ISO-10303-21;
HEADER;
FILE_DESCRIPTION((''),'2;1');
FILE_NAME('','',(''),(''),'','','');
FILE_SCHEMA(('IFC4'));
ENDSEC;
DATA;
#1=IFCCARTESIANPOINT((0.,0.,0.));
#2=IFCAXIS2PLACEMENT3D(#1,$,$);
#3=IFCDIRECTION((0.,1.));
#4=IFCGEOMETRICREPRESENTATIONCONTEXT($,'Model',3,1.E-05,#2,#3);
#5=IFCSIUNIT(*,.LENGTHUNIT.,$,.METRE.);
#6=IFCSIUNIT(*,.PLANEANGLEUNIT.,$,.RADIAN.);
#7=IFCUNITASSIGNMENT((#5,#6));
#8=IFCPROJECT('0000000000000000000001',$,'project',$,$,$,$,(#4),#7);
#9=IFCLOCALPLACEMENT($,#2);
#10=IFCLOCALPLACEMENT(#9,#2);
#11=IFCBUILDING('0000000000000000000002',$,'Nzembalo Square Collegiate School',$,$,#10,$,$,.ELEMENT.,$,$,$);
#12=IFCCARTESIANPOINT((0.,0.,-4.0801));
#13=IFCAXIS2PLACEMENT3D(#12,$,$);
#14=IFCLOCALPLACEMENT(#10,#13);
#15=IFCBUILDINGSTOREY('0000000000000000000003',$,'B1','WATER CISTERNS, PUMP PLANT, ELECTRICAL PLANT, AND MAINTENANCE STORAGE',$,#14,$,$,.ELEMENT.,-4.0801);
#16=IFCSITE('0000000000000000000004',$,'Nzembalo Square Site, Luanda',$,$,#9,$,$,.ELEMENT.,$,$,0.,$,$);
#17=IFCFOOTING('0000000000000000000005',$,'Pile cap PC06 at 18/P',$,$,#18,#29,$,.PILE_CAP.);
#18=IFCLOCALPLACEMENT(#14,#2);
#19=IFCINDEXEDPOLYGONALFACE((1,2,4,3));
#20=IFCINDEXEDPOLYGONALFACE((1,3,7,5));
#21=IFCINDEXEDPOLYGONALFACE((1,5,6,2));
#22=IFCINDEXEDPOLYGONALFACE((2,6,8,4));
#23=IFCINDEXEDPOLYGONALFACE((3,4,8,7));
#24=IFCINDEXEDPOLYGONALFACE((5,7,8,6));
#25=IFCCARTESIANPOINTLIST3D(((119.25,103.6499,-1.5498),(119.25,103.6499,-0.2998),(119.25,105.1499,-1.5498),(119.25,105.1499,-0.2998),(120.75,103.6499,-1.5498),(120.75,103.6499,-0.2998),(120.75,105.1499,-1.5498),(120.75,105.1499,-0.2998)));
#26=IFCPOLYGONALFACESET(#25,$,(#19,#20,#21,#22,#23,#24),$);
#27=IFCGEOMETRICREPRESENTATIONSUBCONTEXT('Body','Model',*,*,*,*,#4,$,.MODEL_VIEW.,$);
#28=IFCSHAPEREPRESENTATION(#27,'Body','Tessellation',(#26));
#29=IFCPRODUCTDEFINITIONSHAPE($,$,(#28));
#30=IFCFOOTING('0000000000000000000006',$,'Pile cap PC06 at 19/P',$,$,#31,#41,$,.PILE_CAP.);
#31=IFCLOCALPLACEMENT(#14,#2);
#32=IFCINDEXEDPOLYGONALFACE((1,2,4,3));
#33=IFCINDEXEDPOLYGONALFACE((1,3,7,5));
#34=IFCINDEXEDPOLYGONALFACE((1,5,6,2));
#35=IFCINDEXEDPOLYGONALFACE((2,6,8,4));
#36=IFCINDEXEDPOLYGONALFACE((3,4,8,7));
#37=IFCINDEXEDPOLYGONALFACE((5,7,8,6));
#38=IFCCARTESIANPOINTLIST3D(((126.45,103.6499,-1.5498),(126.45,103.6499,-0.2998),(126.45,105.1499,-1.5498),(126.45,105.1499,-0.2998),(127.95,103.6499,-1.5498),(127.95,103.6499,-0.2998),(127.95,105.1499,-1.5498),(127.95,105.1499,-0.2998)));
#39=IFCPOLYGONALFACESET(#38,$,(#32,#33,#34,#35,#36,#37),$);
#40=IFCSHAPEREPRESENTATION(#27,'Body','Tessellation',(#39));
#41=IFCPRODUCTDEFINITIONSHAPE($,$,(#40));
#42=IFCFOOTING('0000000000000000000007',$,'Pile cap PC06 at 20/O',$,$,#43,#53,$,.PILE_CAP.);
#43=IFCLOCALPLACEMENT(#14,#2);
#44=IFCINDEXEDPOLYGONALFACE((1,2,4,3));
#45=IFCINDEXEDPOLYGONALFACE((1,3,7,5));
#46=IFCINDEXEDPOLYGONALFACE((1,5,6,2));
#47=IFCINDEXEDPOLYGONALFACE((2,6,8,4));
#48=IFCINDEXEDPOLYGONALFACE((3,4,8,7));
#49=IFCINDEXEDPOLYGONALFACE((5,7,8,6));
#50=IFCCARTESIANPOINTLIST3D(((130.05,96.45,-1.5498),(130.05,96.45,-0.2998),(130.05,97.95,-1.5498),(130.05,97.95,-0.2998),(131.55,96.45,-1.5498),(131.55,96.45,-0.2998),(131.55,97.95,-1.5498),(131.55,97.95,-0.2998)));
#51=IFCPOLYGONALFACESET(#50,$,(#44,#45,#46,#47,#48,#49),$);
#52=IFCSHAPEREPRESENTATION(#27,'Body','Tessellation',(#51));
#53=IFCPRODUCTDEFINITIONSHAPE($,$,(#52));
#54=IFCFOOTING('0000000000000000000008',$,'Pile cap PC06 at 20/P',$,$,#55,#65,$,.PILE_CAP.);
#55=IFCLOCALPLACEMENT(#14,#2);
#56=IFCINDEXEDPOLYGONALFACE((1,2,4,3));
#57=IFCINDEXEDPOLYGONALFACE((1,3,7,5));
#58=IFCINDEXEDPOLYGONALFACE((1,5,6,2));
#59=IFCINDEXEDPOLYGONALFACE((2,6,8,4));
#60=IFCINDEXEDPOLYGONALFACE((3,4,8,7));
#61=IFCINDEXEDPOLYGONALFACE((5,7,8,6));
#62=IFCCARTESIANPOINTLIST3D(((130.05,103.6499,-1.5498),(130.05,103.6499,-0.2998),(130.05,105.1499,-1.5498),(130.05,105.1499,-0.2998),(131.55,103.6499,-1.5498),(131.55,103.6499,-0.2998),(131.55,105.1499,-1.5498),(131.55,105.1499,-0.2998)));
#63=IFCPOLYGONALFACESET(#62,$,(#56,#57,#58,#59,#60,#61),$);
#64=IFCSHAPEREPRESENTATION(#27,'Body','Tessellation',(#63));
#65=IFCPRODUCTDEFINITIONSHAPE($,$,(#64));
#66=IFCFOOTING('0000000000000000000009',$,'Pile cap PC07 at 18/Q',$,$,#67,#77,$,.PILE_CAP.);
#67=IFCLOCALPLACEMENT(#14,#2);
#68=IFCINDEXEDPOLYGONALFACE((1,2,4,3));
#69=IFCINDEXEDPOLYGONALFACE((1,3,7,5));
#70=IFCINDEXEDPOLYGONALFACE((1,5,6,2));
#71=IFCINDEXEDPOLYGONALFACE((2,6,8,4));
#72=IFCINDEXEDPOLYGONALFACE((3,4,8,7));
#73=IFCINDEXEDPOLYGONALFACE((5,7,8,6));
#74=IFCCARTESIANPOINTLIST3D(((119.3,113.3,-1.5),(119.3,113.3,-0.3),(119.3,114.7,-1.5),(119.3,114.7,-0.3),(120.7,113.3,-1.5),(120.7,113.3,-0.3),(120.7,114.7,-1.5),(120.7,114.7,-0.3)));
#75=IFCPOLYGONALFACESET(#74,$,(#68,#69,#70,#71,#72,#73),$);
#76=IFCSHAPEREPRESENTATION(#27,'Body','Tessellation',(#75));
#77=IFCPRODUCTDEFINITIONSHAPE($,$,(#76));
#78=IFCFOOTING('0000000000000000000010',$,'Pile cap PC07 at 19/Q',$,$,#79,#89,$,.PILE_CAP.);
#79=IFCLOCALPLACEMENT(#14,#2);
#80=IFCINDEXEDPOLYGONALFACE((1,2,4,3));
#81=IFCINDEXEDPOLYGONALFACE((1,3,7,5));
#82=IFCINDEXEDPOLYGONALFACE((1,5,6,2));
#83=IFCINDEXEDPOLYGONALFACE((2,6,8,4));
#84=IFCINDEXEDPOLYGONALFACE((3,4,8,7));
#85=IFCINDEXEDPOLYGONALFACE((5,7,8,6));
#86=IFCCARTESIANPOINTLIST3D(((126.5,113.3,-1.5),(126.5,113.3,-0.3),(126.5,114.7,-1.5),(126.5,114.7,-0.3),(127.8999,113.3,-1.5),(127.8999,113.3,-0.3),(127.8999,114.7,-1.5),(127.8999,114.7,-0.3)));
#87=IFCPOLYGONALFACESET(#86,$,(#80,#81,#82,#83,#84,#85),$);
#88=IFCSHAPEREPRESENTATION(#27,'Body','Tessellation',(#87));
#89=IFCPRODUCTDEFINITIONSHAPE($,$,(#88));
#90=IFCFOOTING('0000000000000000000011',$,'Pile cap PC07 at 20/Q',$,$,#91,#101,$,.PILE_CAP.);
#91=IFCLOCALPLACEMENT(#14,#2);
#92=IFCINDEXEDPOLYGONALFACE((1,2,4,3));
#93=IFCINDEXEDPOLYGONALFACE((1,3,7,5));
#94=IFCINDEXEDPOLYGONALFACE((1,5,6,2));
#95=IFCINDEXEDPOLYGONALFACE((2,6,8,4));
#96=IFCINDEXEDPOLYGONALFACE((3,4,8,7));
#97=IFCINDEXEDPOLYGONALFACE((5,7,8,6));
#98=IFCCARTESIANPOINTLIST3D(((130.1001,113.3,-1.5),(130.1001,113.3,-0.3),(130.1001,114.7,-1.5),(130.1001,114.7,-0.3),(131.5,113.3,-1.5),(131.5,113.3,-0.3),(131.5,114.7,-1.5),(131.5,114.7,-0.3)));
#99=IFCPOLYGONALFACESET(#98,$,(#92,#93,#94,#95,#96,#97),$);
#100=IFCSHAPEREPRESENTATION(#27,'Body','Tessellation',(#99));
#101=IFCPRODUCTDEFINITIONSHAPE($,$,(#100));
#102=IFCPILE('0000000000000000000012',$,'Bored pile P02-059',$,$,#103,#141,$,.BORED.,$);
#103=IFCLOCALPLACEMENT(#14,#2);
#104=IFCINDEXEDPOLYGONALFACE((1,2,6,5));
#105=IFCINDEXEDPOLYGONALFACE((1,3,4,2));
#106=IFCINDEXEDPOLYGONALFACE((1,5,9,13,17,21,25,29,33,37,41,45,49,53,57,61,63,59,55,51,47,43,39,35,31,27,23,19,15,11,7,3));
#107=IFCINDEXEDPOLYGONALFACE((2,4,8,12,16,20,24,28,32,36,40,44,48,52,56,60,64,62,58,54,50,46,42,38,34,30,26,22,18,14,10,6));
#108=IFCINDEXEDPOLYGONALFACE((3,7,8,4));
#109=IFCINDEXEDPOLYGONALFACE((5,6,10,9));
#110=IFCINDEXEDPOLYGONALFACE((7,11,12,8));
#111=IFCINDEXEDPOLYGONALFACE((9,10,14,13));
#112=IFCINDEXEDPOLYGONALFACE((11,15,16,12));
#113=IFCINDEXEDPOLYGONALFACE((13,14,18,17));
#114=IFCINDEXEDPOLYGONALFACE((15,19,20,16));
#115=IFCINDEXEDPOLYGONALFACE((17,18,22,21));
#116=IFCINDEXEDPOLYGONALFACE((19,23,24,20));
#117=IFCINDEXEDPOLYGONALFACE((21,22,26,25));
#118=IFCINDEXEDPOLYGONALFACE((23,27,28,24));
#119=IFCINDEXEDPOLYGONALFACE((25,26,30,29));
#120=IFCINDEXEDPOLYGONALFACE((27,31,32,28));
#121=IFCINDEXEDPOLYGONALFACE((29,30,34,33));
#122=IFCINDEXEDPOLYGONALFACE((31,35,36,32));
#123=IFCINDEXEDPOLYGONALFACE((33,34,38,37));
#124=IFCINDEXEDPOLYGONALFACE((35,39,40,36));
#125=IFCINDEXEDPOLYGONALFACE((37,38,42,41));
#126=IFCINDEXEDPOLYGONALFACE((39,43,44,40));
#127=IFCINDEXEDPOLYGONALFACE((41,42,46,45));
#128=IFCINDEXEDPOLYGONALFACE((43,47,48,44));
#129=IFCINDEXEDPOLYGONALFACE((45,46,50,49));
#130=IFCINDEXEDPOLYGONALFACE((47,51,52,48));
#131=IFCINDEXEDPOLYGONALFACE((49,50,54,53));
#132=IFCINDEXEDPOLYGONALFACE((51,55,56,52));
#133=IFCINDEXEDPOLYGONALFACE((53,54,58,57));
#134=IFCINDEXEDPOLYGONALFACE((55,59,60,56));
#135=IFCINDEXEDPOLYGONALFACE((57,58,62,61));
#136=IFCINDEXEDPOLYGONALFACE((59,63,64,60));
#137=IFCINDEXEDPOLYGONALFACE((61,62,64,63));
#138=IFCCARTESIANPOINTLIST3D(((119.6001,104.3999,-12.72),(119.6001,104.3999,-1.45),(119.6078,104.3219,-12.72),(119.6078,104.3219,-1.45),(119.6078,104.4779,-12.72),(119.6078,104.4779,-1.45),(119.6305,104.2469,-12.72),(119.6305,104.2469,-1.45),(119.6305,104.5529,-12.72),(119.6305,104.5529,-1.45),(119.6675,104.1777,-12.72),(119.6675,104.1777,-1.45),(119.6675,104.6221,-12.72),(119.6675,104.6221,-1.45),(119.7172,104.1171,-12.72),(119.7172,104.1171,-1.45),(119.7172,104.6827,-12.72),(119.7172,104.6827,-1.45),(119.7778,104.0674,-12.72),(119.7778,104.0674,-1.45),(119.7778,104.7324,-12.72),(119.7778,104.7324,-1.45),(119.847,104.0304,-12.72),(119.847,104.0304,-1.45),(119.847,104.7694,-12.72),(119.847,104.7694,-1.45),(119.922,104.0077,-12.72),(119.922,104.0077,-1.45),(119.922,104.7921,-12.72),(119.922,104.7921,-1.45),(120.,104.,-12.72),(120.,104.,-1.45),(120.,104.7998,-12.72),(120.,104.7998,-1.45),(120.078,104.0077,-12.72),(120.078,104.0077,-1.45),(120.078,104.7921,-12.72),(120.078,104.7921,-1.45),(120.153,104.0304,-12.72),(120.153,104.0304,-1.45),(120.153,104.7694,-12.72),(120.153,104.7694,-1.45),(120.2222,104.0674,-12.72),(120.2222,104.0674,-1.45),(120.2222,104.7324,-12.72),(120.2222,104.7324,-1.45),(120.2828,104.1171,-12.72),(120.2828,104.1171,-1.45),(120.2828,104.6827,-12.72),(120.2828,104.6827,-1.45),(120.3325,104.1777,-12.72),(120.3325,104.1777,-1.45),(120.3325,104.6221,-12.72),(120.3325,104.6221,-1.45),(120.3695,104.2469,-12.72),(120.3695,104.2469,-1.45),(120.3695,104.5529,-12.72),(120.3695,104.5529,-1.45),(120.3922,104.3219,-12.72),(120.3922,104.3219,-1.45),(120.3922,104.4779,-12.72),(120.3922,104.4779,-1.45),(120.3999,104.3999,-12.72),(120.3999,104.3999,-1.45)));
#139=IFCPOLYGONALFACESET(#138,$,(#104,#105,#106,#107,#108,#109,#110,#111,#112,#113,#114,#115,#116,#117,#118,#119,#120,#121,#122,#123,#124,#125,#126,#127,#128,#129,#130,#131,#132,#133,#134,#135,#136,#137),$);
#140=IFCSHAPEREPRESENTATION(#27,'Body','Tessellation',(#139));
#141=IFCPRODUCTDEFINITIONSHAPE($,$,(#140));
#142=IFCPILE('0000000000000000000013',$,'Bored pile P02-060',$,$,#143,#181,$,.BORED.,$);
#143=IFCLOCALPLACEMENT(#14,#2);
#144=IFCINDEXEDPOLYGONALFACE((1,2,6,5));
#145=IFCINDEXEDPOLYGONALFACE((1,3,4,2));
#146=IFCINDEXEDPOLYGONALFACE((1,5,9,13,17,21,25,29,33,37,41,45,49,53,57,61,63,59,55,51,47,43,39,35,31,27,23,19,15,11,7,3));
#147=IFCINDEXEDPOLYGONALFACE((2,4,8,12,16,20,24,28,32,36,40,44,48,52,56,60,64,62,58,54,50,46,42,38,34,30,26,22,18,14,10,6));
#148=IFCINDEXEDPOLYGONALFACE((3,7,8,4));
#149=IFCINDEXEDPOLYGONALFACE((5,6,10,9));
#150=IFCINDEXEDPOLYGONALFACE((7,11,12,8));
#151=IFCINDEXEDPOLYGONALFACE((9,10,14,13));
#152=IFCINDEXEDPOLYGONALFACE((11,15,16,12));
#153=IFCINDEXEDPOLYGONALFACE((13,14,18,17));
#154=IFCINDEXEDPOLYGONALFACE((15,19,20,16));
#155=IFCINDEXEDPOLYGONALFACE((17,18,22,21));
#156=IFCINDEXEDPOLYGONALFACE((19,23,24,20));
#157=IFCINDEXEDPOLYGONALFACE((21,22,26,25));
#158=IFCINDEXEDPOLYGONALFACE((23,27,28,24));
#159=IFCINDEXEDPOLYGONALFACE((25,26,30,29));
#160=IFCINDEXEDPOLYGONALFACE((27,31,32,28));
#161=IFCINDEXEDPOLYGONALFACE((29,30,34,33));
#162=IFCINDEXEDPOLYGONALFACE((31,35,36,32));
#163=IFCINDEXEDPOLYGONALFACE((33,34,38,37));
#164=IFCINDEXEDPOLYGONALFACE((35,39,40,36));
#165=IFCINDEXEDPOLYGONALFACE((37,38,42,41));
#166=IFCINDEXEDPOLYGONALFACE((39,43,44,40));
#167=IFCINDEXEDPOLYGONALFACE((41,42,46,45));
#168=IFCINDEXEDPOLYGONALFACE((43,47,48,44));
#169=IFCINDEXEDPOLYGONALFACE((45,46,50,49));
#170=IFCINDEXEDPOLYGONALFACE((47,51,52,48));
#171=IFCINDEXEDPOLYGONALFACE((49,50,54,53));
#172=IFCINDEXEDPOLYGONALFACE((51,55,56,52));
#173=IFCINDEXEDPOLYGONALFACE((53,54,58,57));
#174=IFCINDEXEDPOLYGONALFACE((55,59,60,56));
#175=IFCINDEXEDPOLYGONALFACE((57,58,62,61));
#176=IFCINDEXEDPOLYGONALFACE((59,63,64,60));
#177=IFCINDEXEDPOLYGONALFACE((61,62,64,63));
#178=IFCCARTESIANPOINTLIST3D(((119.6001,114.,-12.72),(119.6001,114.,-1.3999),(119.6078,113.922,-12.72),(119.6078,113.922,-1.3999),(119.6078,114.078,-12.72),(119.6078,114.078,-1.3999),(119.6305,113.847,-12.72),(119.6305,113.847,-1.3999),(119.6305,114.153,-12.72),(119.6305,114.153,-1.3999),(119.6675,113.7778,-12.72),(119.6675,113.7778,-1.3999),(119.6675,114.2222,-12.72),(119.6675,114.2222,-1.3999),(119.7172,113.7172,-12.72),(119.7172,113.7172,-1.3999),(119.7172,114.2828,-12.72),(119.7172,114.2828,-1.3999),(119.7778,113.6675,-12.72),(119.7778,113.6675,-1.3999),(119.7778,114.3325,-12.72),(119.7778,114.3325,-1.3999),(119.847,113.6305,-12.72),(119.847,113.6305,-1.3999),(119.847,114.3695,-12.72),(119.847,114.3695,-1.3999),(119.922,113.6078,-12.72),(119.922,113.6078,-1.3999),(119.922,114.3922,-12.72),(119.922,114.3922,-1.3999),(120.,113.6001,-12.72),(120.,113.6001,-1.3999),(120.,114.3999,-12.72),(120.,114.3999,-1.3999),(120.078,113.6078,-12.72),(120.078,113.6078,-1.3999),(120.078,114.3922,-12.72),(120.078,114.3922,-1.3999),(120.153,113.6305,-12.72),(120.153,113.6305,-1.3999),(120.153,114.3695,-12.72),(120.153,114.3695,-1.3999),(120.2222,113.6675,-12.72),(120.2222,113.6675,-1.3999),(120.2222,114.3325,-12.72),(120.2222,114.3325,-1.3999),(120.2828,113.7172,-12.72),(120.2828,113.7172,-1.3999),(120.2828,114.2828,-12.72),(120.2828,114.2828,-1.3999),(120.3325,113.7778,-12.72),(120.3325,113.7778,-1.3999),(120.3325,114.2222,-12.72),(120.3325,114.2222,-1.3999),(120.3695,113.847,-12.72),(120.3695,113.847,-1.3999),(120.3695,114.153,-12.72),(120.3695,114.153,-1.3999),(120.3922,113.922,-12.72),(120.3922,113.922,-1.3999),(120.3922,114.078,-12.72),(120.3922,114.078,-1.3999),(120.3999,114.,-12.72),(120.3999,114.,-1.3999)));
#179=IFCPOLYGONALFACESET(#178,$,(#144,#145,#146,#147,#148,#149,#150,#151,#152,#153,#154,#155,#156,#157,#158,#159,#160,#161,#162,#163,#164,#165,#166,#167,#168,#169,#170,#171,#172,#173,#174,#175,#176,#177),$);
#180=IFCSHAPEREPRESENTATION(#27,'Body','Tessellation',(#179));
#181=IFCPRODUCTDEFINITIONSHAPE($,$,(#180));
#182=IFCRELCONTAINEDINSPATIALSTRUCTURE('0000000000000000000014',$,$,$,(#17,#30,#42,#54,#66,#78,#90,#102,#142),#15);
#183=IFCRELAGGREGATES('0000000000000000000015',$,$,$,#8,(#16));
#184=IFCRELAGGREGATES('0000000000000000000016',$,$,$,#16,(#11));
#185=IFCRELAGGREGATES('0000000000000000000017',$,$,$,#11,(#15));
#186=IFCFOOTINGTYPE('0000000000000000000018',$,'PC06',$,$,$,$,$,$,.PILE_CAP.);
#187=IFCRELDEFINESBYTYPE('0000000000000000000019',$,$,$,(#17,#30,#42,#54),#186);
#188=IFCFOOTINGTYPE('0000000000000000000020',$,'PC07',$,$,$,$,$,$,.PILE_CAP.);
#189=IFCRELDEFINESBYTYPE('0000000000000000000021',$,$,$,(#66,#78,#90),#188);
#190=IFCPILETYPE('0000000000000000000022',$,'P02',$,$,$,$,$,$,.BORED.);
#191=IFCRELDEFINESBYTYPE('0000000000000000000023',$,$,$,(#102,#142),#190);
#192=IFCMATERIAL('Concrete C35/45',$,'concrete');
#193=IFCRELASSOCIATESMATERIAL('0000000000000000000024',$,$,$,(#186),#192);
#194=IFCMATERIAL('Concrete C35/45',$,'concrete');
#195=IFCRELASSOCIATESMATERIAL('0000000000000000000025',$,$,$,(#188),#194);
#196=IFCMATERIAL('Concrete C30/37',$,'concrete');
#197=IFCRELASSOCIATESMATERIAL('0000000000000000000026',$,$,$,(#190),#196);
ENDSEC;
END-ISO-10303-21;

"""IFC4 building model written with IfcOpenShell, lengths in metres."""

from ifc_helpers import new_model, si_unit, direction, frame, origin, origin_2d, place, context, subcontext, project, spatial, rectangle, circle, extrude, material, material_profile, profile_set, type_object, element, save


model = new_model("IFC4")

# Units and contexts
model_context = context("Model", 3, precision=1e-05, world=origin(), true_north=direction((0.0, 1.0)))
body_context = subcontext(model_context, "Body", "Model", "MODEL_VIEW")
ifc_project = project(units=[si_unit("LENGTHUNIT", "METRE"), si_unit("PLANEANGLEUNIT", "RADIAN")], contexts=[model_context])

# Site, building, storey
site_placement = place(None, origin())
site = spatial("IfcSite", under=ifc_project, at=site_placement, Name="Nzembalo Square Site, Luanda", CompositionType="ELEMENT", RefElevation=0.0)
building_placement = place(site_placement, origin())
building = spatial("IfcBuilding", under=site, at=building_placement, Name="Nzembalo Square Collegiate School", CompositionType="ELEMENT")
storey_placement = place(building_placement, frame((0.0, 0.0, -4.0801)))
storey = spatial("IfcBuildingStorey", under=building, at=storey_placement, Name="B1", Description="WATER CISTERNS, PUMP PLANT, ELECTRICAL PLANT, AND MAINTENANCE STORAGE", CompositionType="ELEMENT", Elevation=-4.0801)

# Footings
ifc_material_1 = material(Name="Concrete C35/45", Category="concrete")
footing_type_1 = type_object("IfcFootingType", Name="PC06", PredefinedType="PILE_CAP", material=ifc_material_1)
for number, where, z_axis, x_axis, name in (
    (1, (120.0, 104.3999, -1.5498), (0.0, 0.0, 1.0), (1.0, 0.0, 0.0), "Pile cap PC06 at 18/P"),
    (2, (127.2, 104.3999, -1.5498), (0.0, 0.0, 1.0), (1.0, 0.0, 0.0), "Pile cap PC06 at 19/P"),
    (3, (130.8, 97.2, -1.5498), (0.0, 0.0, 1.0), (1.0, 0.0, 0.0), "Pile cap PC06 at 20/O"),
    (4, (130.8, 104.3999, -1.5498), (0.0, 0.0, 1.0), (1.0, 0.0, 0.0), "Pile cap PC06 at 20/P"),
):
    element("IfcFooting", number, at=place(storey_placement, frame(where, z_axis=z_axis, x_axis=x_axis)), inside=storey, type_object=footing_type_1, Name=name, PredefinedType="PILE_CAP", context=body_context, shape_type="SweptSolid", body=[
        extrude(rectangle(XDim=1.5, YDim=1.5, at=origin_2d()), origin(), (0.0, 0.0, 1.0), 1.25),
    ])
ifc_material_2 = material(Name="Concrete C35/45", Category="concrete")
footing_type_2 = type_object("IfcFootingType", Name="PC07", PredefinedType="PILE_CAP", material=ifc_material_2)
for number, where, z_axis, x_axis, name in (
    (5, (120.0, 114.0, -1.5), (0.0, 0.0, 1.0), (1.0, 0.0, 0.0), "Pile cap PC07 at 18/Q"),
    (6, (127.2, 114.0, -1.5), (0.0, 0.0, 1.0), (1.0, 0.0, 0.0), "Pile cap PC07 at 19/Q"),
    (7, (130.8, 114.0, -1.5), (0.0, 0.0, 1.0), (1.0, 0.0, 0.0), "Pile cap PC07 at 20/Q"),
):
    element("IfcFooting", number, at=place(storey_placement, frame(where, z_axis=z_axis, x_axis=x_axis)), inside=storey, type_object=footing_type_2, Name=name, PredefinedType="PILE_CAP", context=body_context, shape_type="SweptSolid", body=[
        extrude(rectangle(XDim=1.3999, YDim=1.3999, at=origin_2d()), origin(), (0.0, 0.0, 1.0), 1.2),
    ])

# Piles
ifc_material_3 = material(Name="Concrete C30/37", Category="concrete")
ifc_material_profile_1 = material_profile(ifc_material_3, circle(Radius=0.3999, at=origin_2d()), Name="PILE D800")
ifc_profile_set_1 = profile_set([ifc_material_profile_1], Name="Concrete C30/37")
pile_type = type_object("IfcPileType", Name="P02", PredefinedType="BORED", material=ifc_profile_set_1)
pile_1_placement = place(storey_placement, frame((120.0, 104.3999, -1.45), z_axis=(0.0, 0.0, -1.0), x_axis=(1.0, 0.0, 0.0)))
element("IfcPile", 8, at=pile_1_placement, inside=storey, type_object=pile_type, Name="Bored pile P02-059", PredefinedType="BORED", context=body_context, shape_type="SweptSolid", body=[
    extrude(circle(Radius=0.3999, at=origin_2d()), origin(), (0.0, 0.0, 1.0), 11.27),
])
pile_2_placement = place(storey_placement, frame((120.0, 114.0, -1.3999), z_axis=(0.0, 0.0, -1.0), x_axis=(1.0, 0.0, 0.0)))
element("IfcPile", 9, at=pile_2_placement, inside=storey, type_object=pile_type, Name="Bored pile P02-060", PredefinedType="BORED", context=body_context, shape_type="SweptSolid", body=[
    extrude(circle(Radius=0.3999, at=origin_2d()), origin(), (0.0, 0.0, 1.0), 11.3201),
])

save(model, "model.ifc")
